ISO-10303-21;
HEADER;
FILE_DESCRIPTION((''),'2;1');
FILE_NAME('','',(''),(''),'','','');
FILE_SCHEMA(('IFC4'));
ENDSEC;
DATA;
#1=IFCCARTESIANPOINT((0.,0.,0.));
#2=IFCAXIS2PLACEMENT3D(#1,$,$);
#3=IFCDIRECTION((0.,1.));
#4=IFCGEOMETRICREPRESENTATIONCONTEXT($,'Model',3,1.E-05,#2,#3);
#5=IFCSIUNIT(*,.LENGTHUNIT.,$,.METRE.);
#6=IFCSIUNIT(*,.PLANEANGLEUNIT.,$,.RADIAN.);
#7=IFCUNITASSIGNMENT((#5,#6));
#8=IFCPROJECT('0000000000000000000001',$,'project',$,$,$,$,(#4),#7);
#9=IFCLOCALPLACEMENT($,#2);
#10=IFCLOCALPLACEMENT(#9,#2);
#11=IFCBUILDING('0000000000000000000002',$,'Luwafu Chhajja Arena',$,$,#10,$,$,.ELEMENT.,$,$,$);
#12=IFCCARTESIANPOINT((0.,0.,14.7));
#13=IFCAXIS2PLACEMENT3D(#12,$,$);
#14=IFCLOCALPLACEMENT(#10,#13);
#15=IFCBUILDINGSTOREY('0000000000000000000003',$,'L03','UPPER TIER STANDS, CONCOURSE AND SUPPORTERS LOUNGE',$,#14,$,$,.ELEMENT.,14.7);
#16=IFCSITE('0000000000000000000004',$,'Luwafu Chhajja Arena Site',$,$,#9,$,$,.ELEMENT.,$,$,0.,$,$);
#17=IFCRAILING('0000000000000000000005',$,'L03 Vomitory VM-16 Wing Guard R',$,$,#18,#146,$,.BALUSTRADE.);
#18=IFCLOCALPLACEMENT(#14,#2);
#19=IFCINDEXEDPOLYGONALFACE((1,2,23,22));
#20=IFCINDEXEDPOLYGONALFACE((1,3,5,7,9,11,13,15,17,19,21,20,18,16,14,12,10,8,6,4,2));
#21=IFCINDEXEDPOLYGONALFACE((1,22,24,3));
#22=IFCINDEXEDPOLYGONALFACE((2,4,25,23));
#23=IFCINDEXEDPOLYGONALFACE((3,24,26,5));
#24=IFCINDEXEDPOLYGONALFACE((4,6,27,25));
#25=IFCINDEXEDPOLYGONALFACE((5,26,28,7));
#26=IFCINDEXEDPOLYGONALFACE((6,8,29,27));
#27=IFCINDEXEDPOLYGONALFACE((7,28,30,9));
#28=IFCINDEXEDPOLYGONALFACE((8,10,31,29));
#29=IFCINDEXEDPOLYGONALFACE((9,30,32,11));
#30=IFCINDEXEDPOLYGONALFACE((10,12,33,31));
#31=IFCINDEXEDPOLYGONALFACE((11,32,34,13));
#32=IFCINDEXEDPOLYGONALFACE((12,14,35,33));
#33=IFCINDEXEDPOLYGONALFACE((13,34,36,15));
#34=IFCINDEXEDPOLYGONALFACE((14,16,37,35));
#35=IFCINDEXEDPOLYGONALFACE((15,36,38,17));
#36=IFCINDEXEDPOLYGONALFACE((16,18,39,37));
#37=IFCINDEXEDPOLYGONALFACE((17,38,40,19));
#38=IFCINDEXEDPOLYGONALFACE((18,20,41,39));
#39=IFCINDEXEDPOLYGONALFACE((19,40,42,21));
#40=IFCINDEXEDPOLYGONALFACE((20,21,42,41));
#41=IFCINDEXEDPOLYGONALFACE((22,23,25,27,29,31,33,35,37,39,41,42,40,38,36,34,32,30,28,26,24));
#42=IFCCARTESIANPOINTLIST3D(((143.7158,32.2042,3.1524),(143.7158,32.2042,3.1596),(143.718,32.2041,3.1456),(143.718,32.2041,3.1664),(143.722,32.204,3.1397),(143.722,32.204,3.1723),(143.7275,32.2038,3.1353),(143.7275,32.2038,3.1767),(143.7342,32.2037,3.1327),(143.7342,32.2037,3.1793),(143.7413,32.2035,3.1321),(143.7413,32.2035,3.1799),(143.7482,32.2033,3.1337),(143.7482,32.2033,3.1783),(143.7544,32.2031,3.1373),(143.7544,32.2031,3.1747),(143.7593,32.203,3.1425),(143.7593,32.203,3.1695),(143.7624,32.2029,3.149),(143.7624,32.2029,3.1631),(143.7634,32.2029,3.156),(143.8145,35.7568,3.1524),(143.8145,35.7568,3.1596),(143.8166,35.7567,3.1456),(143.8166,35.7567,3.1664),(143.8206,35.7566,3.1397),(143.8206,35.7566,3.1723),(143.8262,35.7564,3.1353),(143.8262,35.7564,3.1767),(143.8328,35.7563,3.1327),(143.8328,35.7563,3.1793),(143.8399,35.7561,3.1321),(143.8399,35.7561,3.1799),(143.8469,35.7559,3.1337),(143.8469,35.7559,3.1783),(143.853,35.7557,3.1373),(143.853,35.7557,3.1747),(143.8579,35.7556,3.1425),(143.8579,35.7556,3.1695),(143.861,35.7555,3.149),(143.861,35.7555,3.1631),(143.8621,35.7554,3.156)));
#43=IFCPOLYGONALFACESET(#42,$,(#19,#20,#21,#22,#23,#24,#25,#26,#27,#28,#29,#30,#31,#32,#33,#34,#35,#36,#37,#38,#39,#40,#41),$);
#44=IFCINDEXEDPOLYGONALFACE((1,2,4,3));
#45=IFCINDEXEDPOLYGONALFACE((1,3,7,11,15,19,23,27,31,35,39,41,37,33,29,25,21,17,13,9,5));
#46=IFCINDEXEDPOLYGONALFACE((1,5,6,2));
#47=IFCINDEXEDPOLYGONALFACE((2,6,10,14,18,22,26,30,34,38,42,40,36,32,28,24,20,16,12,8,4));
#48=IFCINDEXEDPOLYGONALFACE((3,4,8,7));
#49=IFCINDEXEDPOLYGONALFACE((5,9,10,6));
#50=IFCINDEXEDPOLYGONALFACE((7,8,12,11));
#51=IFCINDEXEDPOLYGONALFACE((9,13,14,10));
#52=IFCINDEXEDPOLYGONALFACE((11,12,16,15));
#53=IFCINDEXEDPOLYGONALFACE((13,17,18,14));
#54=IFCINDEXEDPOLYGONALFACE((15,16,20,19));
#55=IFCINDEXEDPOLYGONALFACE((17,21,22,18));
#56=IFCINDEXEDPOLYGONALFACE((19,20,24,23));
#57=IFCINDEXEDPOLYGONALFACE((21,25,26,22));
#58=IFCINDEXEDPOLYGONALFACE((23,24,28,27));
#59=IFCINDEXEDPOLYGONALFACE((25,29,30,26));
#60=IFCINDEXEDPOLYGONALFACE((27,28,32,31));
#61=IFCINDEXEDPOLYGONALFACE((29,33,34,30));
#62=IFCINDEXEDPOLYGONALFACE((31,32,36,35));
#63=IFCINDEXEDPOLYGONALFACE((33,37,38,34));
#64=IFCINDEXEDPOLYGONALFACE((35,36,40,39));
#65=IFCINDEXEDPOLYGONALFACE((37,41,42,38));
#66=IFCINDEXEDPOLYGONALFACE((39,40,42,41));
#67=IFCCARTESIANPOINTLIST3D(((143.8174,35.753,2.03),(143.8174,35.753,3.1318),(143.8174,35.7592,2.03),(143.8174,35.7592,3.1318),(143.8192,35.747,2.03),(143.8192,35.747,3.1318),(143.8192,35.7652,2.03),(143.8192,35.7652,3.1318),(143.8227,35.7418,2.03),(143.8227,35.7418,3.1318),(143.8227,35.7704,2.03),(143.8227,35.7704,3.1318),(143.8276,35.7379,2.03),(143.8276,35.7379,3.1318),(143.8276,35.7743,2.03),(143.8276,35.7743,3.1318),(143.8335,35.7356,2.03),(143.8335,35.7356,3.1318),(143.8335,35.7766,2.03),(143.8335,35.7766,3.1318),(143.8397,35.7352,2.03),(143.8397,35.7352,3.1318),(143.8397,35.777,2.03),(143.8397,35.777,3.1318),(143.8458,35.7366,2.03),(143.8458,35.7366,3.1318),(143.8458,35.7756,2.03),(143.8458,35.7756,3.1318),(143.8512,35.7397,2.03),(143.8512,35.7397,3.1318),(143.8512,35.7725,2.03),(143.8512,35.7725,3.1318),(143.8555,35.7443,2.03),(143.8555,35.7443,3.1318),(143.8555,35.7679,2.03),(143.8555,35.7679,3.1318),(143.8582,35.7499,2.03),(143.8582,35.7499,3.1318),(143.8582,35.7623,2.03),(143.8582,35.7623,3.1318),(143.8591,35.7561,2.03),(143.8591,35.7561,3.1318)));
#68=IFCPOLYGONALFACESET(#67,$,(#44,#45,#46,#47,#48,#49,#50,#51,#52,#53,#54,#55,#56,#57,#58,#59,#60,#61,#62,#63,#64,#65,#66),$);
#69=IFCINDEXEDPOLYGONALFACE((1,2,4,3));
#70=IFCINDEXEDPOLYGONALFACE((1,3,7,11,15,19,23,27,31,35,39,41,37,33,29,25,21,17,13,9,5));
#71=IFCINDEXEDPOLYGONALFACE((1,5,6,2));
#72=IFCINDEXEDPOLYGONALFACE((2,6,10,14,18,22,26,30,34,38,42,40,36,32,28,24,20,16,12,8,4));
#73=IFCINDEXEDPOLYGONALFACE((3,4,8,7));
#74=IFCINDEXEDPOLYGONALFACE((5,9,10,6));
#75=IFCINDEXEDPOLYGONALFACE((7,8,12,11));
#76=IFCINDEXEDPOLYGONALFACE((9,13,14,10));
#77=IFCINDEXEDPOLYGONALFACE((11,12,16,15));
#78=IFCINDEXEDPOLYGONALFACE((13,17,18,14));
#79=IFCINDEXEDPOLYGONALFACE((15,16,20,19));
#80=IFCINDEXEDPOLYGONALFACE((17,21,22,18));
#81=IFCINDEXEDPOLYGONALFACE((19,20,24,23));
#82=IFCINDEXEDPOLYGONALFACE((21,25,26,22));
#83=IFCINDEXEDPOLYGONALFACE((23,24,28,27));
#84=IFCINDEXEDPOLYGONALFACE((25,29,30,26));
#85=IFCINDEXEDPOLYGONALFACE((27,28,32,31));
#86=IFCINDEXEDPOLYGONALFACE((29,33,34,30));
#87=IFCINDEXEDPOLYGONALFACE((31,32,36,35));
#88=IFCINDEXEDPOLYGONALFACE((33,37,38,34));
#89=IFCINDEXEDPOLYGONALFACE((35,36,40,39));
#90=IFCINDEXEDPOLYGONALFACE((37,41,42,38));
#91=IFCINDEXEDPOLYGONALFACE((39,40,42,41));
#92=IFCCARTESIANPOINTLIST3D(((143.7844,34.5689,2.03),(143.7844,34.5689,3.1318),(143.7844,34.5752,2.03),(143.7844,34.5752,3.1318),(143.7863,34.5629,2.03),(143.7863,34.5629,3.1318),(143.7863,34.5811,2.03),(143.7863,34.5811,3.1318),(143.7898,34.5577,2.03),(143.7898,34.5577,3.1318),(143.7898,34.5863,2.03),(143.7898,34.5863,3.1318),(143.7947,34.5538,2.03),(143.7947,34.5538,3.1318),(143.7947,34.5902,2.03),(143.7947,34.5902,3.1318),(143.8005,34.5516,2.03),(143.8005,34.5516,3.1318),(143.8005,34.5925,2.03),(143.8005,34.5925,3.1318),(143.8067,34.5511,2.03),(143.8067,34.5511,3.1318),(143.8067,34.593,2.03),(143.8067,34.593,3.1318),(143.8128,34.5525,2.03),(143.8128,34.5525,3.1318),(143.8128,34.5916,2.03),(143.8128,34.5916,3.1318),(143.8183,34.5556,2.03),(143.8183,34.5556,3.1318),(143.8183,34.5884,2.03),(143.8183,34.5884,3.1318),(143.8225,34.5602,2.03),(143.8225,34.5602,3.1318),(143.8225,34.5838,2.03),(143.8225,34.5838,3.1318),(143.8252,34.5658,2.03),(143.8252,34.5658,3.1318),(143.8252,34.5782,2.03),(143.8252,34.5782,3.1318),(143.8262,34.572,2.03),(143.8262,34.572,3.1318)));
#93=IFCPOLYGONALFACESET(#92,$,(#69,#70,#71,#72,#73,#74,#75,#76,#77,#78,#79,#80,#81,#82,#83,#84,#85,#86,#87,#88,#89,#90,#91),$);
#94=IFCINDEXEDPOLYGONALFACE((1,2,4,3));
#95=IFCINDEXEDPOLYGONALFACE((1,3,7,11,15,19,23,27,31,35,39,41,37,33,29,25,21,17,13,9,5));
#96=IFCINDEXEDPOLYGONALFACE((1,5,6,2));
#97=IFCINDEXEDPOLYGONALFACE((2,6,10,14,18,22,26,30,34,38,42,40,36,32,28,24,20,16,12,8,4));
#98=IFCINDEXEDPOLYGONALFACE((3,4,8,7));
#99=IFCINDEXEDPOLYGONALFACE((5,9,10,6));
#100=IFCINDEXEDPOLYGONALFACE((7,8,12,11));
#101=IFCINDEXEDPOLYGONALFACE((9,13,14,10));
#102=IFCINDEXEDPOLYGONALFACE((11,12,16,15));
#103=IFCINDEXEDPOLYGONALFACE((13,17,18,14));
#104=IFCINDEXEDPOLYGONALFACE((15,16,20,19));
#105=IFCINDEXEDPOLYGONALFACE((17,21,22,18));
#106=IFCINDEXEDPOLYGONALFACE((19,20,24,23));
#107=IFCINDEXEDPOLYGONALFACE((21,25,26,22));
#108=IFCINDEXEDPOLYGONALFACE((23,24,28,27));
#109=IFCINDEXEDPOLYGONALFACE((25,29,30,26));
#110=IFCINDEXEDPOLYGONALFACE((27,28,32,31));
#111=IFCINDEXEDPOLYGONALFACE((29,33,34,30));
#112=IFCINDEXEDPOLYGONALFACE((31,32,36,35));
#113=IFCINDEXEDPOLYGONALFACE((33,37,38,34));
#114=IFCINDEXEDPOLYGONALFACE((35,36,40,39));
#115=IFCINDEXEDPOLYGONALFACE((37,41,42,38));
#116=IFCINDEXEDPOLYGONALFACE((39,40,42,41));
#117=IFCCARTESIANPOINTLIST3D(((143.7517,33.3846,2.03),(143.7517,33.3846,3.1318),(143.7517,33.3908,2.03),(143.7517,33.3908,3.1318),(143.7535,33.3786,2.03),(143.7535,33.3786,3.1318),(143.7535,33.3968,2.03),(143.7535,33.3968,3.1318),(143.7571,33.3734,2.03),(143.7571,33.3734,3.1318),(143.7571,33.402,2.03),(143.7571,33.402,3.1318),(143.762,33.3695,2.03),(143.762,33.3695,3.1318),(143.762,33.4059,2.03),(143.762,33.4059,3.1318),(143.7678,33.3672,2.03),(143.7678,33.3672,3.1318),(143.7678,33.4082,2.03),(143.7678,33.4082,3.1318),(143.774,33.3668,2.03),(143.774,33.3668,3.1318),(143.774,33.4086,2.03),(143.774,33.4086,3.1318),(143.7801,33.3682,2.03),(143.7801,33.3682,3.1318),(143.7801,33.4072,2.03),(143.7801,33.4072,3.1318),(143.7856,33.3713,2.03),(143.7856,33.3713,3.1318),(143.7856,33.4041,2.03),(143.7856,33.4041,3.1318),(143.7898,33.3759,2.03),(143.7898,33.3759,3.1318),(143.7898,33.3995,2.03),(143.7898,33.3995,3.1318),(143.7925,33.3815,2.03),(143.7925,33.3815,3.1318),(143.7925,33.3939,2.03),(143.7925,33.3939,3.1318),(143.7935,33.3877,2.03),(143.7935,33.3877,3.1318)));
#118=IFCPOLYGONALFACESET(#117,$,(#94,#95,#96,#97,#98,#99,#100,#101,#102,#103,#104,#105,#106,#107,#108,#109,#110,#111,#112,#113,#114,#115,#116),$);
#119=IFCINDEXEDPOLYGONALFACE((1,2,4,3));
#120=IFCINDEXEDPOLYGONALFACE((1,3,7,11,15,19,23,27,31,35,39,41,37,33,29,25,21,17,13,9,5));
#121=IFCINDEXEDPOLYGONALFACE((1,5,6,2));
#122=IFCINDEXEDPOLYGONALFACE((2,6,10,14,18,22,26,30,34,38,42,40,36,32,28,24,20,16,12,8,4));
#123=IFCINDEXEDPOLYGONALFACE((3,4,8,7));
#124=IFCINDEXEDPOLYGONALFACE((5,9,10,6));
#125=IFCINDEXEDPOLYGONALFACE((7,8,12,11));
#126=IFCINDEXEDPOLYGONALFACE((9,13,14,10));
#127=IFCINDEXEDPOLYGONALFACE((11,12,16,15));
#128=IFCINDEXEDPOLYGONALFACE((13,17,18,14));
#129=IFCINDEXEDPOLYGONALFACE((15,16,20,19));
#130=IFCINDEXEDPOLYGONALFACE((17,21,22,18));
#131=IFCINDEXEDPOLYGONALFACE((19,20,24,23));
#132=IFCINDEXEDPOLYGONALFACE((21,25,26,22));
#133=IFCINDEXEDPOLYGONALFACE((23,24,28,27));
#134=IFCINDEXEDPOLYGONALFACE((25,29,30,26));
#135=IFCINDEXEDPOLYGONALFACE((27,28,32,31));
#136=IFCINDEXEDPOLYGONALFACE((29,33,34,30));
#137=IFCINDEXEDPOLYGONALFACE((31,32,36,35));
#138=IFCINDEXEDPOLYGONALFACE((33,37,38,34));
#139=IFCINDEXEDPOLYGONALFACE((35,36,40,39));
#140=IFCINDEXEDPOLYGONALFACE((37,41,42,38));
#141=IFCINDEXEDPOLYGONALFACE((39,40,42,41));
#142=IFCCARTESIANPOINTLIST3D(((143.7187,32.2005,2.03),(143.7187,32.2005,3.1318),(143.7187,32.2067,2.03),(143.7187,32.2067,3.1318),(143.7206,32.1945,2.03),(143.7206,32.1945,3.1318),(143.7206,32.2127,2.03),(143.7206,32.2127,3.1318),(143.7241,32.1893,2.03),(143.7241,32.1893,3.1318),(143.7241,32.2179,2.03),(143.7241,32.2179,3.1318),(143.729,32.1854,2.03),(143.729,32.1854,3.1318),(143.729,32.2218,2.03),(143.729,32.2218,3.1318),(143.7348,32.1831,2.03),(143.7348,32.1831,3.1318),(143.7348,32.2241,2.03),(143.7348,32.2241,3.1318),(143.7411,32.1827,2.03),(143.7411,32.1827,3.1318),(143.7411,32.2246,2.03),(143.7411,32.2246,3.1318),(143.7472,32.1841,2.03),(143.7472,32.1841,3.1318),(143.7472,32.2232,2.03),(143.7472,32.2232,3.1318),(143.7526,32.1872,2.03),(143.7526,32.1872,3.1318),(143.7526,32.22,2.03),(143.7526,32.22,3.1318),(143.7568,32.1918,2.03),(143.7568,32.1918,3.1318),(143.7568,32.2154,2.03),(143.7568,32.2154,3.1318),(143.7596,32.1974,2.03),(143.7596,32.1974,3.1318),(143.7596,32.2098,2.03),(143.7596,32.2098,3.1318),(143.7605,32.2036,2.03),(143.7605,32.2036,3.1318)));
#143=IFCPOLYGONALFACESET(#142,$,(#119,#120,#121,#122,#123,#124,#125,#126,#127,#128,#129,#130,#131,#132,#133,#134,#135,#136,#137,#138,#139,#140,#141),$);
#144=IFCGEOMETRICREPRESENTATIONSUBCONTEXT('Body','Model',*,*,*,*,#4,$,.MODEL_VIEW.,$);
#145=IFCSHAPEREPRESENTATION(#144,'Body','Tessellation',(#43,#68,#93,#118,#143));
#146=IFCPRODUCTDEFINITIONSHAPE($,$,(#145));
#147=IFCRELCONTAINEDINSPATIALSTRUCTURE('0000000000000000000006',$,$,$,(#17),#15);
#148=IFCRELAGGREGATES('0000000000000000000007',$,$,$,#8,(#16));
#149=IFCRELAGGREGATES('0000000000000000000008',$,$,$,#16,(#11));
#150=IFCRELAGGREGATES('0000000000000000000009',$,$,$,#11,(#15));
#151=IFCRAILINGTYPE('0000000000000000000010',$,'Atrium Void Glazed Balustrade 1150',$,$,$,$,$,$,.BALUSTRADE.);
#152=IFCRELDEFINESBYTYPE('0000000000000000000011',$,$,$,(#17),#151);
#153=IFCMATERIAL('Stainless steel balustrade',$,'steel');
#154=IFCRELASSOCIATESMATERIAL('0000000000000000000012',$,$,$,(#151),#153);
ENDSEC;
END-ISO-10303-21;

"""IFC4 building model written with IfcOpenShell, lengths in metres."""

from ifc_helpers import new_model, si_unit, direction, frame, origin, origin_2d, place, context, subcontext, project, spatial, circle, extrude, material, type_object, element, save


model = new_model("IFC4")

# Units and contexts
model_context = context("Model", 3, precision=1e-05, world=origin(), true_north=direction((0.0, 1.0)))
body_context = subcontext(model_context, "Body", "Model", "MODEL_VIEW")
ifc_project = project(units=[si_unit("LENGTHUNIT", "METRE"), si_unit("PLANEANGLEUNIT", "RADIAN")], contexts=[model_context])

# Site, building, storey
site_placement = place(None, origin())
site = spatial("IfcSite", under=ifc_project, at=site_placement, Name="Luwafu Chhajja Arena Site", CompositionType="ELEMENT", RefElevation=0.0)
building_placement = place(site_placement, origin())
building = spatial("IfcBuilding", under=site, at=building_placement, Name="Luwafu Chhajja Arena", CompositionType="ELEMENT")
storey_placement = place(building_placement, frame((0.0, 0.0, 14.7)))
storey = spatial("IfcBuildingStorey", under=building, at=storey_placement, Name="L03", Description="UPPER TIER STANDS, CONCOURSE AND SUPPORTERS LOUNGE", CompositionType="ELEMENT", Elevation=14.7)

# Railing
ifc_material_1 = material(Name="Stainless steel balustrade", Category="steel")
railing_type_1 = type_object("IfcRailingType", Name="Atrium Void Glazed Balustrade 1150", PredefinedType="BALUSTRADE", material=ifc_material_1)
railing_1_placement = place(storey_placement, frame((143.8381, 35.7561, 2.03)))
element("IfcRailing", 1, at=railing_1_placement, inside=storey, type_object=railing_type_1, Name="L03 Vomitory VM-16 Wing Guard R", PredefinedType="BALUSTRADE", context=body_context, shape_type="SweptSolid", body=[
    extrude(circle(Radius=0.0239, at=origin_2d()), frame((0.0, 0.0, 1.126), z_axis=(-0.027754, -0.999615, 0.0), x_axis=(0.999615, -0.027754, 0.0)), (0.0, 0.0, 1.0), 3.554),
    extrude(circle(Radius=0.021, at=origin_2d()), origin(), (0.0, 0.0, 1.0), 1.1018),
    extrude(circle(Radius=0.021, at=origin_2d()), frame((-0.033, -1.1841, 0.0)), (0.0, 0.0, 1.0), 1.1018),
    extrude(circle(Radius=0.021, at=origin_2d()), frame((-0.0657, -2.3684, 0.0)), (0.0, 0.0, 1.0), 1.1018),
    extrude(circle(Radius=0.021, at=origin_2d()), frame((-0.0986, -3.5525, 0.0)), (0.0, 0.0, 1.0), 1.1018),
])

save(model, "model.ifc")
